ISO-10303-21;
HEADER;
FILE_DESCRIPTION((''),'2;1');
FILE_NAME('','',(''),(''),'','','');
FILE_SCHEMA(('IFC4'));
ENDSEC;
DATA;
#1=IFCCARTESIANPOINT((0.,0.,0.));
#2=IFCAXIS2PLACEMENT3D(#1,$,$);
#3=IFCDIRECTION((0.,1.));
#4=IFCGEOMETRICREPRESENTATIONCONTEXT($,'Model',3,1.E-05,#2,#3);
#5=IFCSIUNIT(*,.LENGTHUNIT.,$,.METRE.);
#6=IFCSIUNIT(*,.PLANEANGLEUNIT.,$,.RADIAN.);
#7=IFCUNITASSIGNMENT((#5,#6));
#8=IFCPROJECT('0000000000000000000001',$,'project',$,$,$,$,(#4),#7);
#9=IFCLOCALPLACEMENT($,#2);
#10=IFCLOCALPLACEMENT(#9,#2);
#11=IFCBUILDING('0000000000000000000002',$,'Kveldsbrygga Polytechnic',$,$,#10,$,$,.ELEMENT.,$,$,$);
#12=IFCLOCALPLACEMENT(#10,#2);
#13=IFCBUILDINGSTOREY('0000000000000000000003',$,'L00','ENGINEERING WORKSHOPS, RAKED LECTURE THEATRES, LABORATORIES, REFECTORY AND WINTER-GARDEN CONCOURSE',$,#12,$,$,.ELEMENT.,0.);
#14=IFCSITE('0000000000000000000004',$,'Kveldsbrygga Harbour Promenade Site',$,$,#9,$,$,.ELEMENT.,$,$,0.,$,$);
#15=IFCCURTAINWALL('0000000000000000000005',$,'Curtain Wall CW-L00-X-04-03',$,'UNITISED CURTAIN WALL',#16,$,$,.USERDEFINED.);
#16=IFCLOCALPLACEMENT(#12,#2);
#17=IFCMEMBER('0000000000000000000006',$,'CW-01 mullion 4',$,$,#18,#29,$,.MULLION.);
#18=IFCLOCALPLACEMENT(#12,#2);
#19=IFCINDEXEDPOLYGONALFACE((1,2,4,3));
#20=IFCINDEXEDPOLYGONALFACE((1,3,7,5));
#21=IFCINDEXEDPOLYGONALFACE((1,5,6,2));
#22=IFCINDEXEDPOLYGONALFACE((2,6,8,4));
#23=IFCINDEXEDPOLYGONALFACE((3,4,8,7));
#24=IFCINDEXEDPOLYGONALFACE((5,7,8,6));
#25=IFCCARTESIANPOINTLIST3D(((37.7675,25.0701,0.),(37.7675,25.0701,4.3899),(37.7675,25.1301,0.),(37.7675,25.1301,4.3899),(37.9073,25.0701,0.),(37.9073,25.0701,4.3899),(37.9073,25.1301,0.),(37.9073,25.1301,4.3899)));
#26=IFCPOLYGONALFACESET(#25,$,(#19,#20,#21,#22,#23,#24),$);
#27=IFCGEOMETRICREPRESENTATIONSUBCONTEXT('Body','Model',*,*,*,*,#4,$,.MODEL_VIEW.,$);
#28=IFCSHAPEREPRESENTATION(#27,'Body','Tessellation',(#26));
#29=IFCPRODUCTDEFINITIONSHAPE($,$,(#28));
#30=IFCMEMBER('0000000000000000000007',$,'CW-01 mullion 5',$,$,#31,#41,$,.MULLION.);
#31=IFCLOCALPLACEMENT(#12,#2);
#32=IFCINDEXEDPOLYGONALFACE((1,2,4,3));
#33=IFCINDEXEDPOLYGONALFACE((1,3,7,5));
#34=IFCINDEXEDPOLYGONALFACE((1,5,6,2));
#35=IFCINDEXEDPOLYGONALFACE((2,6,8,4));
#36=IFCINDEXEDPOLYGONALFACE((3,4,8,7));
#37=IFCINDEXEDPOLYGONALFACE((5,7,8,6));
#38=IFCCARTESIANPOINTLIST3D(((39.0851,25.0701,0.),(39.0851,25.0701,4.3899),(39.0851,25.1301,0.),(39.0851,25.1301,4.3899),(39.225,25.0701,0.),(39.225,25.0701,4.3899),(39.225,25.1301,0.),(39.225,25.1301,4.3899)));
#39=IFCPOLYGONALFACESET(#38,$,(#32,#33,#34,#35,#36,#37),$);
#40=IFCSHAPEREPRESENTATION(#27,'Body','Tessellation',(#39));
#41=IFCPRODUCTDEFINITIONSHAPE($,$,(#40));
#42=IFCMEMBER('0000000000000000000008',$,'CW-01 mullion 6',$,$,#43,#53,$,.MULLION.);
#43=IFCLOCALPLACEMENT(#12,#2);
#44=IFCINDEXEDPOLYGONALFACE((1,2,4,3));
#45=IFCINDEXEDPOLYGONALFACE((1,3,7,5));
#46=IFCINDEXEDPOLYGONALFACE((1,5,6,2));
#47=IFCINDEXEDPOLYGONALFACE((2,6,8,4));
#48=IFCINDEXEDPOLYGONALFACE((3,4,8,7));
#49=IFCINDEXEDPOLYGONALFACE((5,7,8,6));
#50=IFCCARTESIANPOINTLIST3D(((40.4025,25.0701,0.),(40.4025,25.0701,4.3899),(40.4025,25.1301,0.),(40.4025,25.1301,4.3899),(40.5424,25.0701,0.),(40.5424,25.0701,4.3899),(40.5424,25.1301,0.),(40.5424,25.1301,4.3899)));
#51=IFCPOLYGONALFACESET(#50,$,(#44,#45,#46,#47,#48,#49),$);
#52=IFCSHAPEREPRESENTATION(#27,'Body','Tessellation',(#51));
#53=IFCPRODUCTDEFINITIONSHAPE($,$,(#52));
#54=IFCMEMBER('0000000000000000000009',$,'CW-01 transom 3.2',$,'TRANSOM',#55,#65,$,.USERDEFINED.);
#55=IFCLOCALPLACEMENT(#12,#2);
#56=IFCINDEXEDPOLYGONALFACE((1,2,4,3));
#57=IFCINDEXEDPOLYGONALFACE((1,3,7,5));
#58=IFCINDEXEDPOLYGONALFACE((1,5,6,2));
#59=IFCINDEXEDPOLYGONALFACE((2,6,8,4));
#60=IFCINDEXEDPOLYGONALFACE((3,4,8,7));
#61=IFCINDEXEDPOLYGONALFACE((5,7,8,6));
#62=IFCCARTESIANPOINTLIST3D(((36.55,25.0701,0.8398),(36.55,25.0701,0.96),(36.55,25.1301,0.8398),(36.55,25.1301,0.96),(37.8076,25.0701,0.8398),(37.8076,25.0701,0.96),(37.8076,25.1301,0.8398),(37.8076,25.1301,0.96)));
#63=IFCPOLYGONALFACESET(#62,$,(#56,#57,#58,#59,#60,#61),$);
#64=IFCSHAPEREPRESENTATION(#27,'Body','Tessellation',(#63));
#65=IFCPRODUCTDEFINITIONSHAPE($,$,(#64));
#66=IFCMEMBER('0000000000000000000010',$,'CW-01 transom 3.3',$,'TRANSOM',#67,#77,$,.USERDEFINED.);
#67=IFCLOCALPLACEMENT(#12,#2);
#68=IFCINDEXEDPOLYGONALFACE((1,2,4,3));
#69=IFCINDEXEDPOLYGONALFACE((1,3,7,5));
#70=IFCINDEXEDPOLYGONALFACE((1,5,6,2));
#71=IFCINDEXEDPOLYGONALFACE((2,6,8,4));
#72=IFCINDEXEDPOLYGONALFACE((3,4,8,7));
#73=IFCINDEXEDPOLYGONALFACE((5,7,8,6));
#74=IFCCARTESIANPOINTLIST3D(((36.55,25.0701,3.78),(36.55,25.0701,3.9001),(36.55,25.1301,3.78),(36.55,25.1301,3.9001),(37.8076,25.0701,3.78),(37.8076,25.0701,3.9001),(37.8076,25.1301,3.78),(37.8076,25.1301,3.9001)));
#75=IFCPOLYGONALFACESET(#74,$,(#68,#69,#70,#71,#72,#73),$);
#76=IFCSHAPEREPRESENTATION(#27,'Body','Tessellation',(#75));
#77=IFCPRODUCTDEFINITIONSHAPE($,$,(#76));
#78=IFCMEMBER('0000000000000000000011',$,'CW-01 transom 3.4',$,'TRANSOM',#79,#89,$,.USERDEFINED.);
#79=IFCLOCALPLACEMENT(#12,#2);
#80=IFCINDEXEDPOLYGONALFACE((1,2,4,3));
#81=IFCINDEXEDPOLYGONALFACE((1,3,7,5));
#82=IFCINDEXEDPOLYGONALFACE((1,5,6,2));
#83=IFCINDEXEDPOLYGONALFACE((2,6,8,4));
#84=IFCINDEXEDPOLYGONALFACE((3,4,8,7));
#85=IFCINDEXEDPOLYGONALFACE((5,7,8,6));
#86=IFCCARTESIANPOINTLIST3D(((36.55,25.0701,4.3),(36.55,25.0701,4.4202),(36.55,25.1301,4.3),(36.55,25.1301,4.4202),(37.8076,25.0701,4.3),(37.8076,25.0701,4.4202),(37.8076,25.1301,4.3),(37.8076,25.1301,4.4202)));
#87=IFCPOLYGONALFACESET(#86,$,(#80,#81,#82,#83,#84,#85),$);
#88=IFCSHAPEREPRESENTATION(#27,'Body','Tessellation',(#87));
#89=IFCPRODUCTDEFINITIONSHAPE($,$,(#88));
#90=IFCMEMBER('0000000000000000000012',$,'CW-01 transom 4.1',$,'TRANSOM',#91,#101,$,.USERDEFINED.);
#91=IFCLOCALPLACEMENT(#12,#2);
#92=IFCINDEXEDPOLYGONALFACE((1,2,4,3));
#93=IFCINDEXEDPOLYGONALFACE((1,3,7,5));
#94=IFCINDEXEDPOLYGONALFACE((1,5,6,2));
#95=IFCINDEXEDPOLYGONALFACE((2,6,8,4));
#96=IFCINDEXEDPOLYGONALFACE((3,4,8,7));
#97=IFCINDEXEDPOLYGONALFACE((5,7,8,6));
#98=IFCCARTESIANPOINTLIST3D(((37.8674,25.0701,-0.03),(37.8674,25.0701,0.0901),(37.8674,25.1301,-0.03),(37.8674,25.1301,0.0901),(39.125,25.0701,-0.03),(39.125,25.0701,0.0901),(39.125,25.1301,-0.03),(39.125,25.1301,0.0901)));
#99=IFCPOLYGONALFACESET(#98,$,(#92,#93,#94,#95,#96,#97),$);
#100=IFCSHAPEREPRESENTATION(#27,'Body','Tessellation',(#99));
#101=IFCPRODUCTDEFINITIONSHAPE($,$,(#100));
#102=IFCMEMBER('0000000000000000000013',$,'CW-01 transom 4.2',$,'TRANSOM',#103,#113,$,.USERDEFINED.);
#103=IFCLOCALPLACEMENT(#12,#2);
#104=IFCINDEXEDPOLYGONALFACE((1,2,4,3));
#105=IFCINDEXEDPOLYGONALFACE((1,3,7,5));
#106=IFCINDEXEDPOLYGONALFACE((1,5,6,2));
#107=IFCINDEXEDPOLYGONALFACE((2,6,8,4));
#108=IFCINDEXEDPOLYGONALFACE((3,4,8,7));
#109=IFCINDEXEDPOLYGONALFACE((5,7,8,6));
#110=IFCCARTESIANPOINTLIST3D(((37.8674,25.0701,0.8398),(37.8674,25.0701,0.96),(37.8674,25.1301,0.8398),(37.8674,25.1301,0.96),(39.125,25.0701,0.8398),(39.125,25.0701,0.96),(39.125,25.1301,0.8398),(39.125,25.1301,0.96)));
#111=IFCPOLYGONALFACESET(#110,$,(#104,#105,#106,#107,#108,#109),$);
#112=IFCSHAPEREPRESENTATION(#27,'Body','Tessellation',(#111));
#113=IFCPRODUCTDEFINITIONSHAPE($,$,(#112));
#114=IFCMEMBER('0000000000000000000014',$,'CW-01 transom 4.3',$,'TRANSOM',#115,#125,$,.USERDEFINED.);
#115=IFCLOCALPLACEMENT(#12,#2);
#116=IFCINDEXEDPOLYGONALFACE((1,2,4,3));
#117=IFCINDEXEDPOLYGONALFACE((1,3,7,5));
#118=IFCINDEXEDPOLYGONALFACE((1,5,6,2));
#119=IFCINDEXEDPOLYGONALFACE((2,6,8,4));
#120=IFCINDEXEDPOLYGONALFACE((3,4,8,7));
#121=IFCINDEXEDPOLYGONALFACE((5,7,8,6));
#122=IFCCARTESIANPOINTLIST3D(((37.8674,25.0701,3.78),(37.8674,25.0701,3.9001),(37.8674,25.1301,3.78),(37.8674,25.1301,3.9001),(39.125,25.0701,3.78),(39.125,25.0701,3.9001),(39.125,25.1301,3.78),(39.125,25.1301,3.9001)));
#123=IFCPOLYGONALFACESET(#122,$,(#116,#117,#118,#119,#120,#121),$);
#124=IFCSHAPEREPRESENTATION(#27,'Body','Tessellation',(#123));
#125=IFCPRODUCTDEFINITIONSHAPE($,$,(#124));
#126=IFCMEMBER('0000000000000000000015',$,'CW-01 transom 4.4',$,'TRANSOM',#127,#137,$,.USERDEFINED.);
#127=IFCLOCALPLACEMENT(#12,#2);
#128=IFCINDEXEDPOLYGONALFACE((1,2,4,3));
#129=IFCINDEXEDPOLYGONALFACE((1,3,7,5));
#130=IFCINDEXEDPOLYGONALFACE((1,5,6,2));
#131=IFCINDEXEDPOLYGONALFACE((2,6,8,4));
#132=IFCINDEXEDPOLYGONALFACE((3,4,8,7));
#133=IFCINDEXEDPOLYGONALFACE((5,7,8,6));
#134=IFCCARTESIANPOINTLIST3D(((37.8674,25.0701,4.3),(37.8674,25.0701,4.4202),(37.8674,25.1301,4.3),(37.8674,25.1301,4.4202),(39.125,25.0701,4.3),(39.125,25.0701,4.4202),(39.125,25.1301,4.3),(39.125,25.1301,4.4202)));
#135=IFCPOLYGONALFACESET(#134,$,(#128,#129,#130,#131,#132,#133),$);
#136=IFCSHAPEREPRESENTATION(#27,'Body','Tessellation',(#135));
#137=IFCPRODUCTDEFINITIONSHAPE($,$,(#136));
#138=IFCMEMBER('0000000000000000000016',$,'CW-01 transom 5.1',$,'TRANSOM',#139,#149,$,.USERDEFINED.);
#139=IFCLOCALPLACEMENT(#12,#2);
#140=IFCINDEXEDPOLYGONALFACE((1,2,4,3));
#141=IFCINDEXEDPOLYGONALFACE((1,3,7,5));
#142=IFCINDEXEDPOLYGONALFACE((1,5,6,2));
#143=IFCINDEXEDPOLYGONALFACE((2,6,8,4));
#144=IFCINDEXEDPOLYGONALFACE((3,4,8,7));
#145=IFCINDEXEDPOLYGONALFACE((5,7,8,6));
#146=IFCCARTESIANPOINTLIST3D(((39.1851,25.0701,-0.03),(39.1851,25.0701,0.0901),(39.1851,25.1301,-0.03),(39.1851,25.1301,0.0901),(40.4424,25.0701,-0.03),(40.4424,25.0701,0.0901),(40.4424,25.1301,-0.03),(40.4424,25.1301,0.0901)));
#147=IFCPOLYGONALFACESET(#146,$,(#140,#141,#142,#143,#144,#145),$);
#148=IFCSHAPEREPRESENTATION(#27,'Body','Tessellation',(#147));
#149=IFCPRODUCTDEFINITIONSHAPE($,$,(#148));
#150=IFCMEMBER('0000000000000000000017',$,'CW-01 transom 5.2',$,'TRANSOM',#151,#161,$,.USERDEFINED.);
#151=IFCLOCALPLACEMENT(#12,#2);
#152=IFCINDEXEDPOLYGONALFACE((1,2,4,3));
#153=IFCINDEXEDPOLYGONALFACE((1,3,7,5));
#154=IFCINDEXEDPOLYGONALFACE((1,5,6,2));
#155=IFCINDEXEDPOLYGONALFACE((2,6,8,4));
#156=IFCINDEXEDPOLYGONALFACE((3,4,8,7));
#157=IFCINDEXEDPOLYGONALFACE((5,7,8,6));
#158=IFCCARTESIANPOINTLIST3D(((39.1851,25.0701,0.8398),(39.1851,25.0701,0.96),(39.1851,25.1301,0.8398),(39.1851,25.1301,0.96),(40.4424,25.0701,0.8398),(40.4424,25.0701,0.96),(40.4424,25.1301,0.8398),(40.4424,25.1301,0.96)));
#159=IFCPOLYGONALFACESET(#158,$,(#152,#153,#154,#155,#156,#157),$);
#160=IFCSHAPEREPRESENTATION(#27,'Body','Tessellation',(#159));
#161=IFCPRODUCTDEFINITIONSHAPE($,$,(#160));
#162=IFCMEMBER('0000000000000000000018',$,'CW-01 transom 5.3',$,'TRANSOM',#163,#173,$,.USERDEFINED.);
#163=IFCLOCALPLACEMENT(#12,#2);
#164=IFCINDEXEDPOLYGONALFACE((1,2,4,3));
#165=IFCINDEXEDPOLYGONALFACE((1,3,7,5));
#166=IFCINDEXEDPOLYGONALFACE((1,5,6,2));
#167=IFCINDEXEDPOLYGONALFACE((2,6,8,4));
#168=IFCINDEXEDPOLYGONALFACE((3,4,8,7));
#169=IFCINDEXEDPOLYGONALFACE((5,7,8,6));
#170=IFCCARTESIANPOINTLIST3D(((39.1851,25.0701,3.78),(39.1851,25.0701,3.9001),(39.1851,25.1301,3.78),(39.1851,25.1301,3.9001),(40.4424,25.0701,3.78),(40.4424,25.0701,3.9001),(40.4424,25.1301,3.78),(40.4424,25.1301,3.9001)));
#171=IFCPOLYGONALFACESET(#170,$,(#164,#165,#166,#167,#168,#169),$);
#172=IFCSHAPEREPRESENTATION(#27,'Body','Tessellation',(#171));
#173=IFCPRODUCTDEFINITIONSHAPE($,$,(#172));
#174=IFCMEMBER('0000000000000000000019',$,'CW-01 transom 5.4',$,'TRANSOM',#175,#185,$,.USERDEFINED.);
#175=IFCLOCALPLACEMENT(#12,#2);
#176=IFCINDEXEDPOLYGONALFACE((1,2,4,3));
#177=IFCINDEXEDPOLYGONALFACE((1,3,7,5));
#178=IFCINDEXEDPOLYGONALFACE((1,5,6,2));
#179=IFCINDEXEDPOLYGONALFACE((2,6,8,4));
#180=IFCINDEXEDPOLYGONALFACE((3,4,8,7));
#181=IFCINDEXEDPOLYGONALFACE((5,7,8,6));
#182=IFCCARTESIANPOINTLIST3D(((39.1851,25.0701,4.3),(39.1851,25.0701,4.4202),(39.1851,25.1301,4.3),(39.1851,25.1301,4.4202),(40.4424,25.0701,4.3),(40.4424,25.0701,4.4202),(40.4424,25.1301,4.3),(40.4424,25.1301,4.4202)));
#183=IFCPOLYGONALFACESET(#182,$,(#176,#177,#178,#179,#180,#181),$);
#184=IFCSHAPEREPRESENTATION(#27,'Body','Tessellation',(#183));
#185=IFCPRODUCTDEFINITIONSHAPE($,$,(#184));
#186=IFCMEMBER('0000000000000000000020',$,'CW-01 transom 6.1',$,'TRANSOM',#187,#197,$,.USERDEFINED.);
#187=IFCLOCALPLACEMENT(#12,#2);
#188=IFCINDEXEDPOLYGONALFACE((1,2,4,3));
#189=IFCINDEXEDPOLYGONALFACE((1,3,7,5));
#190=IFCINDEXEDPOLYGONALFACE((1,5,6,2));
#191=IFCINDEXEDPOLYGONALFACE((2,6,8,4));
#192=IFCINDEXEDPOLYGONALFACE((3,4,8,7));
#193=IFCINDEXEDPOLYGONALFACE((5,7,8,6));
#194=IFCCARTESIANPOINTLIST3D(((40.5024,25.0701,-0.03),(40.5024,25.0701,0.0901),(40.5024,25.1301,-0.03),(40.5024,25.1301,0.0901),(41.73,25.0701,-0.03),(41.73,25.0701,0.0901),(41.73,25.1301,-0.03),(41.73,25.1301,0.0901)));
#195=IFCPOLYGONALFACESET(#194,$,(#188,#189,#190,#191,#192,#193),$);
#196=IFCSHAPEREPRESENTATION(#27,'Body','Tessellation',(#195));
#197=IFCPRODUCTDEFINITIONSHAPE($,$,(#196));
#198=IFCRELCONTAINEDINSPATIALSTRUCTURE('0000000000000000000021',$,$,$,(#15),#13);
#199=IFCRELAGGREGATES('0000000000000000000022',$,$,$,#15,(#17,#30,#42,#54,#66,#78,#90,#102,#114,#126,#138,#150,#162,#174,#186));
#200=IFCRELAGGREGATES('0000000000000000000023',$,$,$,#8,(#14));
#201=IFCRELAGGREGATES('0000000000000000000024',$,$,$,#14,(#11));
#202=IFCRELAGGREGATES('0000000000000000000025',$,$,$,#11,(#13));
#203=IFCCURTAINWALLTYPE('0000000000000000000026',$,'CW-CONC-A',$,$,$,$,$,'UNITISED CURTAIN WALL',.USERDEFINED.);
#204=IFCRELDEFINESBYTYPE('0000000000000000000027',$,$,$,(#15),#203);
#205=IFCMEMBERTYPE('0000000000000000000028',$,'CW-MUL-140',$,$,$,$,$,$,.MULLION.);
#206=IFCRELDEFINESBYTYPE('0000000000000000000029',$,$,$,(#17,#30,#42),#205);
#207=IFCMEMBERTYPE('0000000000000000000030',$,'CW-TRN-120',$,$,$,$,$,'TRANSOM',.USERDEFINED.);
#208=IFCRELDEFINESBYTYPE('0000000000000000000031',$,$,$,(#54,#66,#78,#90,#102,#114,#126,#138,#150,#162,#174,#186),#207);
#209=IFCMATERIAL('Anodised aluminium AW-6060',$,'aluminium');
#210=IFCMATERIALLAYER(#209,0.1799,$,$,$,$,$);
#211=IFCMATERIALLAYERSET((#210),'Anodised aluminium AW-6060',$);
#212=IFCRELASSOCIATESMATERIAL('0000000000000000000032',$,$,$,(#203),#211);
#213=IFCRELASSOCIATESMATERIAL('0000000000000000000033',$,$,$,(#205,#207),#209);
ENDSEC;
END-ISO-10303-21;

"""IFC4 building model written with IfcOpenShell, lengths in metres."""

from ifc_helpers import new_model, si_unit, direction, frame, origin, origin_2d, place, context, subcontext, project, spatial, rectangle, extrude, material, layer, layer_set, material_profile, profile_set, type_object, element, aggregate, save


model = new_model("IFC4")

# Units and contexts
model_context = context("Model", 3, precision=1e-05, world=origin(), true_north=direction((0.0, 1.0)))
body_context = subcontext(model_context, "Body", "Model", "MODEL_VIEW")
ifc_project = project(units=[si_unit("LENGTHUNIT", "METRE"), si_unit("PLANEANGLEUNIT", "RADIAN")], contexts=[model_context])

# Site, building, storey
site_placement = place(None, origin())
site = spatial("IfcSite", under=ifc_project, at=site_placement, Name="Kveldsbrygga Harbour Promenade Site", CompositionType="ELEMENT", RefElevation=0.0)
building_placement = place(site_placement, origin())
building = spatial("IfcBuilding", under=site, at=building_placement, Name="Kveldsbrygga Polytechnic", CompositionType="ELEMENT")
storey_placement = place(building_placement, origin())
storey = spatial("IfcBuildingStorey", under=building, at=storey_placement, Name="L00", Description="ENGINEERING WORKSHOPS, RAKED LECTURE THEATRES, LABORATORIES, REFECTORY AND WINTER-GARDEN CONCOURSE", CompositionType="ELEMENT", Elevation=0.0)

# Curtain wall, members
ifc_material_1 = material(Name="Anodised aluminium AW-6060", Category="aluminium")
ifc_layer_1 = layer(ifc_material_1, 0.1799)
ifc_layer_set_1 = layer_set([ifc_layer_1], Name="Anodised aluminium AW-6060")
curtain_wall_type = type_object("IfcCurtainWallType", Name="CW-CONC-A", ElementType="UNITISED CURTAIN WALL", PredefinedType="USERDEFINED", material=ifc_layer_set_1)
curtain_wall_placement = place(storey_placement, origin())
curtain_wall = element("IfcCurtainWall", 1, at=curtain_wall_placement, inside=storey, type_object=curtain_wall_type, Name="Curtain Wall CW-L00-X-04-03", ObjectType="UNITISED CURTAIN WALL", PredefinedType="USERDEFINED")
ifc_material_profile_1 = material_profile(ifc_material_1, rectangle(XDim=0.0601, YDim=0.1399, at=origin_2d()), Name="ALU 60x140")
ifc_profile_set_1 = profile_set([ifc_material_profile_1], Name="Anodised aluminium AW-6060")
member_type_1 = type_object("IfcMemberType", Name="CW-MUL-140", PredefinedType="MULLION", material=ifc_profile_set_1)
member_1_placement = place(storey_placement, frame((37.8374, 25.1001, 0.0), z_axis=(0.0, 0.0, 1.0), x_axis=(0.0, 1.0, 0.0)))
member_1 = element("IfcMember", 2, at=member_1_placement, type_object=member_type_1, Name="CW-01 mullion 4", PredefinedType="MULLION", context=body_context, shape_type="SweptSolid", body=[
    extrude(rectangle(XDim=0.0601, YDim=0.1399, at=origin_2d()), origin(), (0.0, 0.0, 1.0), 4.3899),
])
member_2_placement = place(storey_placement, frame((39.155, 25.1001, 0.0), z_axis=(0.0, 0.0, 1.0), x_axis=(0.0, 1.0, 0.0)))
member_2 = element("IfcMember", 3, at=member_2_placement, type_object=member_type_1, Name="CW-01 mullion 5", PredefinedType="MULLION", context=body_context, shape_type="SweptSolid", body=[
    extrude(rectangle(XDim=0.0601, YDim=0.1399, at=origin_2d()), origin(), (0.0, 0.0, 1.0), 4.3899),
])
member_3_placement = place(storey_placement, frame((40.4724, 25.1001, 0.0), z_axis=(0.0, 0.0, 1.0), x_axis=(0.0, 1.0, 0.0)))
member_3 = element("IfcMember", 4, at=member_3_placement, type_object=member_type_1, Name="CW-01 mullion 6", PredefinedType="MULLION", context=body_context, shape_type="SweptSolid", body=[
    extrude(rectangle(XDim=0.0601, YDim=0.1399, at=origin_2d()), origin(), (0.0, 0.0, 1.0), 4.3899),
])
ifc_material_profile_2 = material_profile(ifc_material_1, rectangle(XDim=0.0601, YDim=0.1201, at=origin_2d()), Name="ALU 60x120")
ifc_profile_set_2 = profile_set([ifc_material_profile_2], Name="Anodised aluminium AW-6060")
member_type_2 = type_object("IfcMemberType", Name="CW-TRN-120", ElementType="TRANSOM", PredefinedType="USERDEFINED", material=ifc_profile_set_2)
member_4_placement = place(storey_placement, frame((36.55, 25.1001, 0.8999), z_axis=(1.0, 0.0, 0.0), x_axis=(0.0, 1.0, 0.0)))
member_4 = element("IfcMember", 5, at=member_4_placement, type_object=member_type_2, Name="CW-01 transom 3.2", ObjectType="TRANSOM", PredefinedType="USERDEFINED", context=body_context, shape_type="SweptSolid", body=[
    extrude(rectangle(XDim=0.0601, YDim=0.1201, at=origin_2d()), origin(), (0.0, 0.0, 1.0), 1.2576),
])
member_5_placement = place(storey_placement, frame((36.55, 25.1001, 3.8401), z_axis=(1.0, 0.0, 0.0), x_axis=(0.0, 1.0, 0.0)))
member_5 = element("IfcMember", 6, at=member_5_placement, type_object=member_type_2, Name="CW-01 transom 3.3", ObjectType="TRANSOM", PredefinedType="USERDEFINED", context=body_context, shape_type="SweptSolid", body=[
    extrude(rectangle(XDim=0.0601, YDim=0.1201, at=origin_2d()), origin(), (0.0, 0.0, 1.0), 1.2576),
])
member_6_placement = place(storey_placement, frame((36.55, 25.1001, 4.3601), z_axis=(1.0, 0.0, 0.0), x_axis=(0.0, 1.0, 0.0)))
member_6 = element("IfcMember", 7, at=member_6_placement, type_object=member_type_2, Name="CW-01 transom 3.4", ObjectType="TRANSOM", PredefinedType="USERDEFINED", context=body_context, shape_type="SweptSolid", body=[
    extrude(rectangle(XDim=0.0601, YDim=0.1201, at=origin_2d()), origin(), (0.0, 0.0, 1.0), 1.2576),
])
member_7_placement = place(storey_placement, frame((37.8674, 25.1001, 0.03), z_axis=(1.0, 0.0, 0.0), x_axis=(0.0, 1.0, 0.0)))
member_7 = element("IfcMember", 8, at=member_7_placement, type_object=member_type_2, Name="CW-01 transom 4.1", ObjectType="TRANSOM", PredefinedType="USERDEFINED", context=body_context, shape_type="SweptSolid", body=[
    extrude(rectangle(XDim=0.0601, YDim=0.1201, at=origin_2d()), origin(), (0.0, 0.0, 1.0), 1.2576),
])
member_8_placement = place(storey_placement, frame((37.8674, 25.1001, 0.8999), z_axis=(1.0, 0.0, 0.0), x_axis=(0.0, 1.0, 0.0)))
member_8 = element("IfcMember", 9, at=member_8_placement, type_object=member_type_2, Name="CW-01 transom 4.2", ObjectType="TRANSOM", PredefinedType="USERDEFINED", context=body_context, shape_type="SweptSolid", body=[
    extrude(rectangle(XDim=0.0601, YDim=0.1201, at=origin_2d()), origin(), (0.0, 0.0, 1.0), 1.2576),
])
member_9_placement = place(storey_placement, frame((37.8674, 25.1001, 3.8401), z_axis=(1.0, 0.0, 0.0), x_axis=(0.0, 1.0, 0.0)))
member_9 = element("IfcMember", 10, at=member_9_placement, type_object=member_type_2, Name="CW-01 transom 4.3", ObjectType="TRANSOM", PredefinedType="USERDEFINED", context=body_context, shape_type="SweptSolid", body=[
    extrude(rectangle(XDim=0.0601, YDim=0.1201, at=origin_2d()), origin(), (0.0, 0.0, 1.0), 1.2576),
])
member_10_placement = place(storey_placement, frame((37.8674, 25.1001, 4.3601), z_axis=(1.0, 0.0, 0.0), x_axis=(0.0, 1.0, 0.0)))
member_10 = element("IfcMember", 11, at=member_10_placement, type_object=member_type_2, Name="CW-01 transom 4.4", ObjectType="TRANSOM", PredefinedType="USERDEFINED", context=body_context, shape_type="SweptSolid", body=[
    extrude(rectangle(XDim=0.0601, YDim=0.1201, at=origin_2d()), origin(), (0.0, 0.0, 1.0), 1.2576),
])
member_11_placement = place(storey_placement, frame((39.1851, 25.1001, 0.03), z_axis=(1.0, 0.0, 0.0), x_axis=(0.0, 1.0, 0.0)))
member_11 = element("IfcMember", 12, at=member_11_placement, type_object=member_type_2, Name="CW-01 transom 5.1", ObjectType="TRANSOM", PredefinedType="USERDEFINED", context=body_context, shape_type="SweptSolid", body=[
    extrude(rectangle(XDim=0.0601, YDim=0.1201, at=origin_2d()), origin(), (0.0, 0.0, 1.0), 1.2573),
])
member_12_placement = place(storey_placement, frame((39.1851, 25.1001, 0.8999), z_axis=(1.0, 0.0, 0.0), x_axis=(0.0, 1.0, 0.0)))
member_12 = element("IfcMember", 13, at=member_12_placement, type_object=member_type_2, Name="CW-01 transom 5.2", ObjectType="TRANSOM", PredefinedType="USERDEFINED", context=body_context, shape_type="SweptSolid", body=[
    extrude(rectangle(XDim=0.0601, YDim=0.1201, at=origin_2d()), origin(), (0.0, 0.0, 1.0), 1.2573),
])
member_13_placement = place(storey_placement, frame((39.1851, 25.1001, 3.8401), z_axis=(1.0, 0.0, 0.0), x_axis=(0.0, 1.0, 0.0)))
member_13 = element("IfcMember", 14, at=member_13_placement, type_object=member_type_2, Name="CW-01 transom 5.3", ObjectType="TRANSOM", PredefinedType="USERDEFINED", context=body_context, shape_type="SweptSolid", body=[
    extrude(rectangle(XDim=0.0601, YDim=0.1201, at=origin_2d()), origin(), (0.0, 0.0, 1.0), 1.2573),
])
member_14_placement = place(storey_placement, frame((39.1851, 25.1001, 4.3601), z_axis=(1.0, 0.0, 0.0), x_axis=(0.0, 1.0, 0.0)))
member_14 = element("IfcMember", 15, at=member_14_placement, type_object=member_type_2, Name="CW-01 transom 5.4", ObjectType="TRANSOM", PredefinedType="USERDEFINED", context=body_context, shape_type="SweptSolid", body=[
    extrude(rectangle(XDim=0.0601, YDim=0.1201, at=origin_2d()), origin(), (0.0, 0.0, 1.0), 1.2573),
])
member_15_placement = place(storey_placement, frame((40.5024, 25.1001, 0.03), z_axis=(1.0, 0.0, 0.0), x_axis=(0.0, 1.0, 0.0)))
member_15 = element("IfcMember", 16, at=member_15_placement, type_object=member_type_2, Name="CW-01 transom 6.1", ObjectType="TRANSOM", PredefinedType="USERDEFINED", context=body_context, shape_type="SweptSolid", body=[
    extrude(rectangle(XDim=0.0601, YDim=0.1201, at=origin_2d()), origin(), (0.0, 0.0, 1.0), 1.2275),
])

aggregate(curtain_wall, [member_1, member_2, member_3, member_4, member_5, member_6, member_7, member_8, member_9, member_10, member_11, member_12, member_13, member_14, member_15])

save(model, "model.ifc")
